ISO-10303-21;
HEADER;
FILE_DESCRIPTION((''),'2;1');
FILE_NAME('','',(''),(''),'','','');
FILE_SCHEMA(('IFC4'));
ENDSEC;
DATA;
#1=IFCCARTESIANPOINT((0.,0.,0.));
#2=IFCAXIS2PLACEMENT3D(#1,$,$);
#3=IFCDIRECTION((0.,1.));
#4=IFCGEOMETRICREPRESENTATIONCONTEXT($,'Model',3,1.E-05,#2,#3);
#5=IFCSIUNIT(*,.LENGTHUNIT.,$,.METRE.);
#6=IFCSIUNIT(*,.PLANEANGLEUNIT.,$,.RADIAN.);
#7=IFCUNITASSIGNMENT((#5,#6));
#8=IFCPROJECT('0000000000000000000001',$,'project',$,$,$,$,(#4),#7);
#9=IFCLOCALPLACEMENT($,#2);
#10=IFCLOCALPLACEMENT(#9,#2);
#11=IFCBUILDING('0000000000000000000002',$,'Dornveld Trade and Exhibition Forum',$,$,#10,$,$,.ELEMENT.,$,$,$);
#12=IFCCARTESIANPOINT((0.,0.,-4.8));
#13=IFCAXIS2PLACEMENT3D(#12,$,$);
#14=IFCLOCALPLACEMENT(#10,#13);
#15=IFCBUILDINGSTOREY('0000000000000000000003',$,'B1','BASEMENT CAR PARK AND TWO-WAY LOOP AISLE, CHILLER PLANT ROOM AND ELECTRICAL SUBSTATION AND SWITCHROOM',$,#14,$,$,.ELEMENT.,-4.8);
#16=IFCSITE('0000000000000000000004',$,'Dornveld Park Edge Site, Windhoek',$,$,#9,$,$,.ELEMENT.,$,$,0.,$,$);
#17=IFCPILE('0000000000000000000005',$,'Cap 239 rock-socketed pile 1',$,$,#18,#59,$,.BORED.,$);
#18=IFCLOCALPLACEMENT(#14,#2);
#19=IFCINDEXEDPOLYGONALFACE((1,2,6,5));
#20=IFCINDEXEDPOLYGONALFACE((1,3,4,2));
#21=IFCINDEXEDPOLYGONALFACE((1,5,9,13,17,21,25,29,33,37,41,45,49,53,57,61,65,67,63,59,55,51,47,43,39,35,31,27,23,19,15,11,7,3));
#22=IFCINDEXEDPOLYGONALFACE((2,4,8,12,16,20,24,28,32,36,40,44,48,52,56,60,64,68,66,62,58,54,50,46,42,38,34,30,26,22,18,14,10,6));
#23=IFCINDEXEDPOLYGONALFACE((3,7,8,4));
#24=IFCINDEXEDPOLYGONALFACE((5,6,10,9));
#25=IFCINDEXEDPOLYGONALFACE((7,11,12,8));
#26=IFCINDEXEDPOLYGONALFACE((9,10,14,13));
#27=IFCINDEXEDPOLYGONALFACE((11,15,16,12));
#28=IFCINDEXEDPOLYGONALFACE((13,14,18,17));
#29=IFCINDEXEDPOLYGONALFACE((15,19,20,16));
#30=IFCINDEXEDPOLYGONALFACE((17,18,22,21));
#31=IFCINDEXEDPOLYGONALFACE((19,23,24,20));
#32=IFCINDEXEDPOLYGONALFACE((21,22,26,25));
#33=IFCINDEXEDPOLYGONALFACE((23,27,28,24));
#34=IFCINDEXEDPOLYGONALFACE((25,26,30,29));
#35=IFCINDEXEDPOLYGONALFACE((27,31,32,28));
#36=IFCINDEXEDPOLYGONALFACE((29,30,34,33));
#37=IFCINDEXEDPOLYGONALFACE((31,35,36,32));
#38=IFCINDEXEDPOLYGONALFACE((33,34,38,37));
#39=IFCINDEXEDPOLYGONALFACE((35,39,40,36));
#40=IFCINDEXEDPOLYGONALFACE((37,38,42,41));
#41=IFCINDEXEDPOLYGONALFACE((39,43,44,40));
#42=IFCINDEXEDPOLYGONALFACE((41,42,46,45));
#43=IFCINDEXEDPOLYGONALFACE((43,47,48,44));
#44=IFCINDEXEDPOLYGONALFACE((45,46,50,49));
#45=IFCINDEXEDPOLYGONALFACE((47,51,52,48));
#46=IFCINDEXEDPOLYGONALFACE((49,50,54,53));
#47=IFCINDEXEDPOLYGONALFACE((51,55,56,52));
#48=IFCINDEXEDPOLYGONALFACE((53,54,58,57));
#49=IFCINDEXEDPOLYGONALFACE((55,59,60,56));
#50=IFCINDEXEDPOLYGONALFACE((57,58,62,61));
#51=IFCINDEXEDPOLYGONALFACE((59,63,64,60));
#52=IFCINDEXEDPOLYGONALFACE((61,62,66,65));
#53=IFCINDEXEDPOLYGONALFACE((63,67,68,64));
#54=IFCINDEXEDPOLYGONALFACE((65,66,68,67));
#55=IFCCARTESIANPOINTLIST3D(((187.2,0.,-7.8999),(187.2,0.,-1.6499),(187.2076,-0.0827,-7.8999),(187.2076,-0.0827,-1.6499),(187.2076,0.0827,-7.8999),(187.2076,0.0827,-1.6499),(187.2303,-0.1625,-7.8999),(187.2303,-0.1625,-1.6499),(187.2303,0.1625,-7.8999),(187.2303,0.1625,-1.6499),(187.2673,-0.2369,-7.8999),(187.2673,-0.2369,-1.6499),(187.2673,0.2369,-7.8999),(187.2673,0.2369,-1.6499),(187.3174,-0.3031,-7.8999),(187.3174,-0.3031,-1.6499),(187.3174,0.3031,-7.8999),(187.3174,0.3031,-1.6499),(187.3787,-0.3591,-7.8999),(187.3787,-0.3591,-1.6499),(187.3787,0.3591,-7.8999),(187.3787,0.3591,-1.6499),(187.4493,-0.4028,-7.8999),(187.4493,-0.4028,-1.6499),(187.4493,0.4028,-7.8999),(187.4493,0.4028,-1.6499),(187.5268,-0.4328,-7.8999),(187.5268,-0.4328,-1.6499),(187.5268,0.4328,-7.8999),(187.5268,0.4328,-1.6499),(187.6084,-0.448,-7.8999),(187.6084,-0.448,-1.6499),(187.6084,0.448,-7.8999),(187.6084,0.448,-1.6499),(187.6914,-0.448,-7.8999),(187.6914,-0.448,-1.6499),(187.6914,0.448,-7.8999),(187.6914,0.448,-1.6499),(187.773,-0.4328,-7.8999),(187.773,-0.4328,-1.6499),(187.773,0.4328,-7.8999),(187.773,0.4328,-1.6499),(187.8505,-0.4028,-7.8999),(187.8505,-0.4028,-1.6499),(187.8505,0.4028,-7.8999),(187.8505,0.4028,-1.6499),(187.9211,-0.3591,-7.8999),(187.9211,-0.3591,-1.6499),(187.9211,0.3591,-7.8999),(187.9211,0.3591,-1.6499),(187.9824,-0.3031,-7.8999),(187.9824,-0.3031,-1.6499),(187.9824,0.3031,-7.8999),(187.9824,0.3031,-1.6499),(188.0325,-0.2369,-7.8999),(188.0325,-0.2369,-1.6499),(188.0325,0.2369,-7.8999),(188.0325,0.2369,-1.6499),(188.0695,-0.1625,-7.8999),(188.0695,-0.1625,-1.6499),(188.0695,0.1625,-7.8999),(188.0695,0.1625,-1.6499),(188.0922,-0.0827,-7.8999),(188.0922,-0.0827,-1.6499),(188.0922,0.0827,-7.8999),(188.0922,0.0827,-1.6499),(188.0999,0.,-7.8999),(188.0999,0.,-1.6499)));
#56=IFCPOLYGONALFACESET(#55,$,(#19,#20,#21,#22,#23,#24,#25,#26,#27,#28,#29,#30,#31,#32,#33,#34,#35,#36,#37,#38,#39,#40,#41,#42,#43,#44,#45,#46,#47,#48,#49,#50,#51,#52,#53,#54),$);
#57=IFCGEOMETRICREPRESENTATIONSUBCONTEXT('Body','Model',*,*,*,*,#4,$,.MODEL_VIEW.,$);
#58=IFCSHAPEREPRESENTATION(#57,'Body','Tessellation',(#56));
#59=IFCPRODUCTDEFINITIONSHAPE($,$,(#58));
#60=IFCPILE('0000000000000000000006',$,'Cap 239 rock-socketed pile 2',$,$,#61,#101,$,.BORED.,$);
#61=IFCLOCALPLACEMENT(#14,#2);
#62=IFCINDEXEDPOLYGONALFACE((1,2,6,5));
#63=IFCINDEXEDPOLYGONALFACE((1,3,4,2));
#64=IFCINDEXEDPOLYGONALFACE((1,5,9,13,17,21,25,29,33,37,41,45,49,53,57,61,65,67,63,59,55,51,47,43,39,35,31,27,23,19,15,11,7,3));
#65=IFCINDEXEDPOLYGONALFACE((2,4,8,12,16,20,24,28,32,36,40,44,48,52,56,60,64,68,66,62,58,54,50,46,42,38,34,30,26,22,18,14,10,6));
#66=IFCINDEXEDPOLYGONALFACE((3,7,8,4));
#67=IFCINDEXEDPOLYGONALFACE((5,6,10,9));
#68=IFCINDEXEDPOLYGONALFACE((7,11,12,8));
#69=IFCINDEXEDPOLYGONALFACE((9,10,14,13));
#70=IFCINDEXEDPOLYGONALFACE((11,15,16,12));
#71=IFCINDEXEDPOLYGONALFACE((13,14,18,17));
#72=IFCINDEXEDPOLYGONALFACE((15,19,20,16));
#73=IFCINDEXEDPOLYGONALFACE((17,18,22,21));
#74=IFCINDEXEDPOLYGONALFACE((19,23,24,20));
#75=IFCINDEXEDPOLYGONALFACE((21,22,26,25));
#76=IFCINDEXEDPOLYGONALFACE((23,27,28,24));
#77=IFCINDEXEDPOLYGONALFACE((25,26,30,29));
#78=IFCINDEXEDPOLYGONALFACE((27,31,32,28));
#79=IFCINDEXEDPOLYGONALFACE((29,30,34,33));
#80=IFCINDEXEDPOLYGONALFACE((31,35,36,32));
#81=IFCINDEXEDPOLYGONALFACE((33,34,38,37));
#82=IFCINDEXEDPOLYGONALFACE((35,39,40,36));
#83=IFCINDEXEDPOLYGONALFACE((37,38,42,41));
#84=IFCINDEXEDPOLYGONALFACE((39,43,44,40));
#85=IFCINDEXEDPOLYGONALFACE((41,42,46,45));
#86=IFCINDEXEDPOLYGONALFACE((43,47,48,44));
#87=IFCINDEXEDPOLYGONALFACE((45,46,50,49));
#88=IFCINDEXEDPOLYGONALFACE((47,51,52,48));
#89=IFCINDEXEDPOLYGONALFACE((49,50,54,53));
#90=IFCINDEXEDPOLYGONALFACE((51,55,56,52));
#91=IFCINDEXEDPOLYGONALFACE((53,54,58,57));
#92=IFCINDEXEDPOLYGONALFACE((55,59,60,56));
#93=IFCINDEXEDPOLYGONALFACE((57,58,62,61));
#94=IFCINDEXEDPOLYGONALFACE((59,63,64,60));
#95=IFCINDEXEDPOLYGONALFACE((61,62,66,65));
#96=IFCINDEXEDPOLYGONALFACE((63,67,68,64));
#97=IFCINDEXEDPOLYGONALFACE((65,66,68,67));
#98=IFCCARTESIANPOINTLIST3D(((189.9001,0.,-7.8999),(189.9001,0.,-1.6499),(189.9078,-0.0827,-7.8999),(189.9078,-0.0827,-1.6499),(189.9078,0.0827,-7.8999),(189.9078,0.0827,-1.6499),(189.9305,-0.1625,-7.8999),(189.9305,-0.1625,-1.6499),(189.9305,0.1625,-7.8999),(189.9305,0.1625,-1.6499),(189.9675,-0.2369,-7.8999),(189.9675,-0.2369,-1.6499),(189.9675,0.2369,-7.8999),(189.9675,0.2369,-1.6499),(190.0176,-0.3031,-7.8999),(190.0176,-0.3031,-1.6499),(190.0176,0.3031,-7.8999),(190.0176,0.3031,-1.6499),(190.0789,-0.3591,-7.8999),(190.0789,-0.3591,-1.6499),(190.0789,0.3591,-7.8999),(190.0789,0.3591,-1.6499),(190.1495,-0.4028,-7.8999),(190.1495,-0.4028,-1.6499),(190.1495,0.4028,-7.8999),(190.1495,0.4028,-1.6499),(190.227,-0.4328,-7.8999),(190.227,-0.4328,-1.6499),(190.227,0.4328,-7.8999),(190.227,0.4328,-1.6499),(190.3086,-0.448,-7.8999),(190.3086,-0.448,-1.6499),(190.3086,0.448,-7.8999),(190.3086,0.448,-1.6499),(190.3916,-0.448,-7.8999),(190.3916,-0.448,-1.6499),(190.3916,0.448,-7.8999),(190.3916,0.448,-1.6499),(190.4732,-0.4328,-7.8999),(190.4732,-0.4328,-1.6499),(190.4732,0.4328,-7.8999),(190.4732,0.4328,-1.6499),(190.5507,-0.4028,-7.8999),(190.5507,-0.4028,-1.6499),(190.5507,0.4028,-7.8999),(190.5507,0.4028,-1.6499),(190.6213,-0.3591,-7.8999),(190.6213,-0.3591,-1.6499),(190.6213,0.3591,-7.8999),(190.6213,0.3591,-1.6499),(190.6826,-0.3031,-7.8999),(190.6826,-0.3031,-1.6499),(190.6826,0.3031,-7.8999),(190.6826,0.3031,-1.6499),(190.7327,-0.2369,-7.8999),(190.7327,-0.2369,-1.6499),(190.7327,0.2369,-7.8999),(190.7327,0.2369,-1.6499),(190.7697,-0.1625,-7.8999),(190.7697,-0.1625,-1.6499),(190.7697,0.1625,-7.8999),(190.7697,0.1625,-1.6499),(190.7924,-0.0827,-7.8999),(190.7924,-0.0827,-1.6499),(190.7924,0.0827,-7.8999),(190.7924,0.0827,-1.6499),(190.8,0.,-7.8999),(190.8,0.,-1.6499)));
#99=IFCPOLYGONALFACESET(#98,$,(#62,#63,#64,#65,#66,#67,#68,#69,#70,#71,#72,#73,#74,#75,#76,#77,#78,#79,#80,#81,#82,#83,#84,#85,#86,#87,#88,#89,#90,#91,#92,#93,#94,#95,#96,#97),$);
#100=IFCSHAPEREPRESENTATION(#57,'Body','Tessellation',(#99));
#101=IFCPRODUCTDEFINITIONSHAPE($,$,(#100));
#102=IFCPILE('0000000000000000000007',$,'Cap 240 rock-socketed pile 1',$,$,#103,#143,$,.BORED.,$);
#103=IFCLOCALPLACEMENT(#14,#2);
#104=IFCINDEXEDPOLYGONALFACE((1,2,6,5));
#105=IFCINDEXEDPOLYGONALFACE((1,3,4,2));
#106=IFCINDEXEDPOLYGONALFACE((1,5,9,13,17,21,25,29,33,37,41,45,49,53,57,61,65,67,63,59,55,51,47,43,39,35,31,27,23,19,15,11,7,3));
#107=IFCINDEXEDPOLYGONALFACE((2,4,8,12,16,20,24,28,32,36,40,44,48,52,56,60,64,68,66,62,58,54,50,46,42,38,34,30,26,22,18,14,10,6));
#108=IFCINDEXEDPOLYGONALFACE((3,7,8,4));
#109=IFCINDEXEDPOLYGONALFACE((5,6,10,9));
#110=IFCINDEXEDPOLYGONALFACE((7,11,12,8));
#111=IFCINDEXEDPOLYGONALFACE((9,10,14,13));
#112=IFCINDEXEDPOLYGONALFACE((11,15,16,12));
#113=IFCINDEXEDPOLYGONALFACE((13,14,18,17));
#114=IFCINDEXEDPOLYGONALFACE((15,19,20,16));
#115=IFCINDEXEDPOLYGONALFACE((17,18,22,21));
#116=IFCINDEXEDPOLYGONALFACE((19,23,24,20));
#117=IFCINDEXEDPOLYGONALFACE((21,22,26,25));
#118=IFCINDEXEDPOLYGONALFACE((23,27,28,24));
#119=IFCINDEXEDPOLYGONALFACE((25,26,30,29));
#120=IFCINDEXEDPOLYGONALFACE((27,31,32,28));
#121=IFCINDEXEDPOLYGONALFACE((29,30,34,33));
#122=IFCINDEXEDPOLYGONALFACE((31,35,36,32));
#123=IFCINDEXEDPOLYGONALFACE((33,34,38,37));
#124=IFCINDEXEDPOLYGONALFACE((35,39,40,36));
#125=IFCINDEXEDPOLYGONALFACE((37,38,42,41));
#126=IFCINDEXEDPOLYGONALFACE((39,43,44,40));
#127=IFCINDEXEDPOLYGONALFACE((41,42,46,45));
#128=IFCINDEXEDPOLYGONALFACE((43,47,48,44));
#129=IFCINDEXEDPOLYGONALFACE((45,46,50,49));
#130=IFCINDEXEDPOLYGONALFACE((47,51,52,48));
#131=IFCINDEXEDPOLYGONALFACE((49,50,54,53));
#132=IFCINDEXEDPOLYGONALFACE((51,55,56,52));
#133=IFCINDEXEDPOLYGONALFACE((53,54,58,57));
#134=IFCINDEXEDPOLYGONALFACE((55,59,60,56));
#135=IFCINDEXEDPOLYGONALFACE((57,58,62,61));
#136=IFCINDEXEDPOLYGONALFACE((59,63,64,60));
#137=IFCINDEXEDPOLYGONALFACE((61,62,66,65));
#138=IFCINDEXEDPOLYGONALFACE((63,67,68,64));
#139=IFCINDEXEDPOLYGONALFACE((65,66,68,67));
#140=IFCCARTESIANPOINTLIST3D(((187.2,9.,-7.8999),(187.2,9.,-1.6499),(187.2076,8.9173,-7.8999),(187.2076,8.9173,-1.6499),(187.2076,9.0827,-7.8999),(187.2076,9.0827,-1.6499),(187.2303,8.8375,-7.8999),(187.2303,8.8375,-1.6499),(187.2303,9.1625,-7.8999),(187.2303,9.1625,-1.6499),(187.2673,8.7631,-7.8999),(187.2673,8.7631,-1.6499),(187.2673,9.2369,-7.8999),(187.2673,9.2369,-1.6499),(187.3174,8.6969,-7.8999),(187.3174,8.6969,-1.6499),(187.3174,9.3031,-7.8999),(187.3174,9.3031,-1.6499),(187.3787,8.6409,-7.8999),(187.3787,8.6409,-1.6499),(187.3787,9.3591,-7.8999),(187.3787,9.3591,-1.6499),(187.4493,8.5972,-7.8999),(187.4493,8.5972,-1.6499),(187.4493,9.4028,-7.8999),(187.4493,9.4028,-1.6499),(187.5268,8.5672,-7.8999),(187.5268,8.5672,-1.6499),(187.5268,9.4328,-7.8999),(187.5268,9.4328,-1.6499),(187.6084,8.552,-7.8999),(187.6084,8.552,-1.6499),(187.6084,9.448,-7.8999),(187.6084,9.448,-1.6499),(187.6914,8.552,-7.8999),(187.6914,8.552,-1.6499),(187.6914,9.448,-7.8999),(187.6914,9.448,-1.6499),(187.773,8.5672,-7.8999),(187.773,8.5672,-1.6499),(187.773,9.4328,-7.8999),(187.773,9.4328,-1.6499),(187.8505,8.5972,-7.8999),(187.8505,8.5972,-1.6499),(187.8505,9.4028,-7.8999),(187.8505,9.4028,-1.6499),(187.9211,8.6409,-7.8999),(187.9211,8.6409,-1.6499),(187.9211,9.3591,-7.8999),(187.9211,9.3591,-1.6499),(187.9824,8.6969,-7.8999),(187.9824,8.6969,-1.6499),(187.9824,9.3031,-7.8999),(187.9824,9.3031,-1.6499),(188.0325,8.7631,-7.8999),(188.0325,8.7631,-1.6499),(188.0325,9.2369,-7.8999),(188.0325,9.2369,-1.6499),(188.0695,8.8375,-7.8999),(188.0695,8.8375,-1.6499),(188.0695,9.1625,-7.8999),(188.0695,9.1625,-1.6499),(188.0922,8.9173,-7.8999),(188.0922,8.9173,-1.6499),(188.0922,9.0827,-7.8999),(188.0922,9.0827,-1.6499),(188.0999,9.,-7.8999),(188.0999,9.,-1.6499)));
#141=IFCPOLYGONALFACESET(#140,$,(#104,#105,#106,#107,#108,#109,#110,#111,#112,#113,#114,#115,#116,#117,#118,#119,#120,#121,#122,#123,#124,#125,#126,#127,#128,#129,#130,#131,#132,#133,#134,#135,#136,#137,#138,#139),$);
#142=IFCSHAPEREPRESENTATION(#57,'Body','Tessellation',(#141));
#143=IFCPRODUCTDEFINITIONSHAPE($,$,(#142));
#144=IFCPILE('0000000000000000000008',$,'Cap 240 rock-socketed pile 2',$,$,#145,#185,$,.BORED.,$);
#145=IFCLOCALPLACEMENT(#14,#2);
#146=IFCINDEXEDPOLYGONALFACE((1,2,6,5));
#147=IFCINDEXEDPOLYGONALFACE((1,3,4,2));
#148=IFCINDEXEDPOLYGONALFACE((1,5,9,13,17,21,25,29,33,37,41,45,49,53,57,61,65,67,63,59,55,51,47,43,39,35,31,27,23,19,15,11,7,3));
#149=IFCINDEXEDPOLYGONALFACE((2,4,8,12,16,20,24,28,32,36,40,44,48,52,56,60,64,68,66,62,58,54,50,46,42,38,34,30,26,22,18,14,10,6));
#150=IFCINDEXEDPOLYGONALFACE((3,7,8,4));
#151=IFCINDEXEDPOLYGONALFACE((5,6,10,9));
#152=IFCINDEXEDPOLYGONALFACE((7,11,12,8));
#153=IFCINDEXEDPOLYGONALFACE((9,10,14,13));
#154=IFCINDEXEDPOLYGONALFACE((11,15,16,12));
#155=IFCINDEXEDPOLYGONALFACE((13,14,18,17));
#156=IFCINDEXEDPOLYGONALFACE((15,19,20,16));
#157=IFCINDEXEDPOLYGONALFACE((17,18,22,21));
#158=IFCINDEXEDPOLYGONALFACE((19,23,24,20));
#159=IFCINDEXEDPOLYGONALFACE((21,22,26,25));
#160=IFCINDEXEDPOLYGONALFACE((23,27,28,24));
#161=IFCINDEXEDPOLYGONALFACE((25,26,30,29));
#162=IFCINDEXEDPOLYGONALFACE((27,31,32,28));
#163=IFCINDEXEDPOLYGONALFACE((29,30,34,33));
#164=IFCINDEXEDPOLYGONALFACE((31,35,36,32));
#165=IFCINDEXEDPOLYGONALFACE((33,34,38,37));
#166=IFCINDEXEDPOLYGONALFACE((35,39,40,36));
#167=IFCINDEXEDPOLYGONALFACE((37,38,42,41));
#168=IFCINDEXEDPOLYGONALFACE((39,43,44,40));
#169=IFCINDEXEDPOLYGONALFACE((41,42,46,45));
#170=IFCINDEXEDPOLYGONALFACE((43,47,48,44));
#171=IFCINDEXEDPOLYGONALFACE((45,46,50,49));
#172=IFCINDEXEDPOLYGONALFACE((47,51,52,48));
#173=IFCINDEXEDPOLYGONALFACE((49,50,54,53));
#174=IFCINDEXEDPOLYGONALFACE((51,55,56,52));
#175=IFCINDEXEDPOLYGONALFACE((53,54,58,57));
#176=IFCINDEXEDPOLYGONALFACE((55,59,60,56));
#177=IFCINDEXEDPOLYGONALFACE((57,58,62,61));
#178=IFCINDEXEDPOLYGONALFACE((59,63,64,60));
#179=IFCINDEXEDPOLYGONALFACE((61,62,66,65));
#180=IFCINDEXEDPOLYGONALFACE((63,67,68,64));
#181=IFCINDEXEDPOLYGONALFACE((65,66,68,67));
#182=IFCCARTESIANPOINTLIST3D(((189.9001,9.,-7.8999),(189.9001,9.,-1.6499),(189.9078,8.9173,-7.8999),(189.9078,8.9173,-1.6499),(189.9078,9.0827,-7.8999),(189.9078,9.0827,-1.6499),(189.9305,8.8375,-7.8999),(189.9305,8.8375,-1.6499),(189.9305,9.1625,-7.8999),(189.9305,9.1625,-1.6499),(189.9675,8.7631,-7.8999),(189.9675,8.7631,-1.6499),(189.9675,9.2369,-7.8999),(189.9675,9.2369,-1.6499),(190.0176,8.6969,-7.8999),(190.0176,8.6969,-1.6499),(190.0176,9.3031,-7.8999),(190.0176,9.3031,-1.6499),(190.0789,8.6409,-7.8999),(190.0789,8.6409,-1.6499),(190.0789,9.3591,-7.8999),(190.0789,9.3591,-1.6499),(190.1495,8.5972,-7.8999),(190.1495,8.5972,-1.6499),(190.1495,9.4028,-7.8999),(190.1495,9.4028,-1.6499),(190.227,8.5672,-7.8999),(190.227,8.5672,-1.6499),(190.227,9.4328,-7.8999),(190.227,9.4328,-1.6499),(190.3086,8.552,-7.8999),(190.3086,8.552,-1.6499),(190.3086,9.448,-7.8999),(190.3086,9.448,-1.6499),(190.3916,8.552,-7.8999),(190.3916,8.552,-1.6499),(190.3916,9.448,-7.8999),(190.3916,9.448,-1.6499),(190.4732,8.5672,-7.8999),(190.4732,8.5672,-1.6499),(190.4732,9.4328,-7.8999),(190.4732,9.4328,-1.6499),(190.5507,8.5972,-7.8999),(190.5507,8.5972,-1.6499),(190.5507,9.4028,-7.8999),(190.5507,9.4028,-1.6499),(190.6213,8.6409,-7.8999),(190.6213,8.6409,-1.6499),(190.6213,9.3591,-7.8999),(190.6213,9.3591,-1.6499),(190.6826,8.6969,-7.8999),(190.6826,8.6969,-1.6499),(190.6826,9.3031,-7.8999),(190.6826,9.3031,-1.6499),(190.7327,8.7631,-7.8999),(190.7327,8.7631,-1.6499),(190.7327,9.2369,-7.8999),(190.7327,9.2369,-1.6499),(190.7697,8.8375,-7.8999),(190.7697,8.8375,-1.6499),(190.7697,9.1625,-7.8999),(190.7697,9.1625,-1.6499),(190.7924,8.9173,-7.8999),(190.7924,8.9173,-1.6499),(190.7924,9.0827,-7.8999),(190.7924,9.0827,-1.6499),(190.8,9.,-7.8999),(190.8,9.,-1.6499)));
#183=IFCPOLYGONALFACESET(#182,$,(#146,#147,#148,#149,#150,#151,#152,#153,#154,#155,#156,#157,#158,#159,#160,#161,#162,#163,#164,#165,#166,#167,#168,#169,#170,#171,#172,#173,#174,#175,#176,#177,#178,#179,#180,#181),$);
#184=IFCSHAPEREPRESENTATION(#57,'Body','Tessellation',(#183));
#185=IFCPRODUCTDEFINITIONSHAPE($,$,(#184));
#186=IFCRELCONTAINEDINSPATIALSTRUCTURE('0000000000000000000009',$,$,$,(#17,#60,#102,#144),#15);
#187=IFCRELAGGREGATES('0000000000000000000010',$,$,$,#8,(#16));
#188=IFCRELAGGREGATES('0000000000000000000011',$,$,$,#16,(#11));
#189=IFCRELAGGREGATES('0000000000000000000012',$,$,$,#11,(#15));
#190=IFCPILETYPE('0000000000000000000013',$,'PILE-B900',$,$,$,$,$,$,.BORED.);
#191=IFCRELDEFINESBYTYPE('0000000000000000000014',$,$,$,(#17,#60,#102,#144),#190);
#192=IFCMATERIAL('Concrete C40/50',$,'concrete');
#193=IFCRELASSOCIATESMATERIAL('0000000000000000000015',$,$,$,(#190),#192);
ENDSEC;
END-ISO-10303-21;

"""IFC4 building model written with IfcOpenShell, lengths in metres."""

from ifc_helpers import new_model, si_unit, direction, frame, origin, origin_2d, place, context, subcontext, project, spatial, circle, extrude, material, material_profile, profile_set, type_object, element, save


model = new_model("IFC4")

# Units and contexts
model_context = context("Model", 3, precision=1e-05, world=origin(), true_north=direction((0.0, 1.0)))
body_context = subcontext(model_context, "Body", "Model", "MODEL_VIEW")
ifc_project = project(units=[si_unit("LENGTHUNIT", "METRE"), si_unit("PLANEANGLEUNIT", "RADIAN")], contexts=[model_context])

# Site, building, storey
site_placement = place(None, origin())
site = spatial("IfcSite", under=ifc_project, at=site_placement, Name="Dornveld Park Edge Site, Windhoek", CompositionType="ELEMENT", RefElevation=0.0)
building_placement = place(site_placement, origin())
building = spatial("IfcBuilding", under=site, at=building_placement, Name="Dornveld Trade and Exhibition Forum", CompositionType="ELEMENT")
storey_placement = place(building_placement, frame((0.0, 0.0, -4.8)))
storey = spatial("IfcBuildingStorey", under=building, at=storey_placement, Name="B1", Description="BASEMENT CAR PARK AND TWO-WAY LOOP AISLE, CHILLER PLANT ROOM AND ELECTRICAL SUBSTATION AND SWITCHROOM", CompositionType="ELEMENT", Elevation=-4.8)

# Piles
ifc_material_1 = material(Name="Concrete C40/50", Category="concrete")
ifc_material_profile_1 = material_profile(ifc_material_1, circle(Radius=0.45, at=origin_2d()), Name="PILE D900")
ifc_profile_set_1 = profile_set([ifc_material_profile_1], Name="Concrete C40/50")
pile_type = type_object("IfcPileType", Name="PILE-B900", PredefinedType="BORED", material=ifc_profile_set_1)
for number, where, z_axis, x_axis, name in (
    (1, (187.6499, 0.0, -1.6499), (0.0, 0.0, -1.0), (1.0, 0.0, 0.0), "Cap 239 rock-socketed pile 1"),
    (2, (190.3501, 0.0, -1.6499), (0.0, 0.0, -1.0), (1.0, 0.0, 0.0), "Cap 239 rock-socketed pile 2"),
    (3, (187.6499, 9.0, -1.6499), (0.0, 0.0, -1.0), (1.0, 0.0, 0.0), "Cap 240 rock-socketed pile 1"),
    (4, (190.3501, 9.0, -1.6499), (0.0, 0.0, -1.0), (1.0, 0.0, 0.0), "Cap 240 rock-socketed pile 2"),
):
    element("IfcPile", number, at=place(storey_placement, frame(where, z_axis=z_axis, x_axis=x_axis)), inside=storey, type_object=pile_type, Name=name, PredefinedType="BORED", context=body_context, shape_type="SweptSolid", body=[
        extrude(circle(Radius=0.45, at=origin_2d()), origin(), (0.0, 0.0, 1.0), 6.25),
    ])

save(model, "model.ifc")
